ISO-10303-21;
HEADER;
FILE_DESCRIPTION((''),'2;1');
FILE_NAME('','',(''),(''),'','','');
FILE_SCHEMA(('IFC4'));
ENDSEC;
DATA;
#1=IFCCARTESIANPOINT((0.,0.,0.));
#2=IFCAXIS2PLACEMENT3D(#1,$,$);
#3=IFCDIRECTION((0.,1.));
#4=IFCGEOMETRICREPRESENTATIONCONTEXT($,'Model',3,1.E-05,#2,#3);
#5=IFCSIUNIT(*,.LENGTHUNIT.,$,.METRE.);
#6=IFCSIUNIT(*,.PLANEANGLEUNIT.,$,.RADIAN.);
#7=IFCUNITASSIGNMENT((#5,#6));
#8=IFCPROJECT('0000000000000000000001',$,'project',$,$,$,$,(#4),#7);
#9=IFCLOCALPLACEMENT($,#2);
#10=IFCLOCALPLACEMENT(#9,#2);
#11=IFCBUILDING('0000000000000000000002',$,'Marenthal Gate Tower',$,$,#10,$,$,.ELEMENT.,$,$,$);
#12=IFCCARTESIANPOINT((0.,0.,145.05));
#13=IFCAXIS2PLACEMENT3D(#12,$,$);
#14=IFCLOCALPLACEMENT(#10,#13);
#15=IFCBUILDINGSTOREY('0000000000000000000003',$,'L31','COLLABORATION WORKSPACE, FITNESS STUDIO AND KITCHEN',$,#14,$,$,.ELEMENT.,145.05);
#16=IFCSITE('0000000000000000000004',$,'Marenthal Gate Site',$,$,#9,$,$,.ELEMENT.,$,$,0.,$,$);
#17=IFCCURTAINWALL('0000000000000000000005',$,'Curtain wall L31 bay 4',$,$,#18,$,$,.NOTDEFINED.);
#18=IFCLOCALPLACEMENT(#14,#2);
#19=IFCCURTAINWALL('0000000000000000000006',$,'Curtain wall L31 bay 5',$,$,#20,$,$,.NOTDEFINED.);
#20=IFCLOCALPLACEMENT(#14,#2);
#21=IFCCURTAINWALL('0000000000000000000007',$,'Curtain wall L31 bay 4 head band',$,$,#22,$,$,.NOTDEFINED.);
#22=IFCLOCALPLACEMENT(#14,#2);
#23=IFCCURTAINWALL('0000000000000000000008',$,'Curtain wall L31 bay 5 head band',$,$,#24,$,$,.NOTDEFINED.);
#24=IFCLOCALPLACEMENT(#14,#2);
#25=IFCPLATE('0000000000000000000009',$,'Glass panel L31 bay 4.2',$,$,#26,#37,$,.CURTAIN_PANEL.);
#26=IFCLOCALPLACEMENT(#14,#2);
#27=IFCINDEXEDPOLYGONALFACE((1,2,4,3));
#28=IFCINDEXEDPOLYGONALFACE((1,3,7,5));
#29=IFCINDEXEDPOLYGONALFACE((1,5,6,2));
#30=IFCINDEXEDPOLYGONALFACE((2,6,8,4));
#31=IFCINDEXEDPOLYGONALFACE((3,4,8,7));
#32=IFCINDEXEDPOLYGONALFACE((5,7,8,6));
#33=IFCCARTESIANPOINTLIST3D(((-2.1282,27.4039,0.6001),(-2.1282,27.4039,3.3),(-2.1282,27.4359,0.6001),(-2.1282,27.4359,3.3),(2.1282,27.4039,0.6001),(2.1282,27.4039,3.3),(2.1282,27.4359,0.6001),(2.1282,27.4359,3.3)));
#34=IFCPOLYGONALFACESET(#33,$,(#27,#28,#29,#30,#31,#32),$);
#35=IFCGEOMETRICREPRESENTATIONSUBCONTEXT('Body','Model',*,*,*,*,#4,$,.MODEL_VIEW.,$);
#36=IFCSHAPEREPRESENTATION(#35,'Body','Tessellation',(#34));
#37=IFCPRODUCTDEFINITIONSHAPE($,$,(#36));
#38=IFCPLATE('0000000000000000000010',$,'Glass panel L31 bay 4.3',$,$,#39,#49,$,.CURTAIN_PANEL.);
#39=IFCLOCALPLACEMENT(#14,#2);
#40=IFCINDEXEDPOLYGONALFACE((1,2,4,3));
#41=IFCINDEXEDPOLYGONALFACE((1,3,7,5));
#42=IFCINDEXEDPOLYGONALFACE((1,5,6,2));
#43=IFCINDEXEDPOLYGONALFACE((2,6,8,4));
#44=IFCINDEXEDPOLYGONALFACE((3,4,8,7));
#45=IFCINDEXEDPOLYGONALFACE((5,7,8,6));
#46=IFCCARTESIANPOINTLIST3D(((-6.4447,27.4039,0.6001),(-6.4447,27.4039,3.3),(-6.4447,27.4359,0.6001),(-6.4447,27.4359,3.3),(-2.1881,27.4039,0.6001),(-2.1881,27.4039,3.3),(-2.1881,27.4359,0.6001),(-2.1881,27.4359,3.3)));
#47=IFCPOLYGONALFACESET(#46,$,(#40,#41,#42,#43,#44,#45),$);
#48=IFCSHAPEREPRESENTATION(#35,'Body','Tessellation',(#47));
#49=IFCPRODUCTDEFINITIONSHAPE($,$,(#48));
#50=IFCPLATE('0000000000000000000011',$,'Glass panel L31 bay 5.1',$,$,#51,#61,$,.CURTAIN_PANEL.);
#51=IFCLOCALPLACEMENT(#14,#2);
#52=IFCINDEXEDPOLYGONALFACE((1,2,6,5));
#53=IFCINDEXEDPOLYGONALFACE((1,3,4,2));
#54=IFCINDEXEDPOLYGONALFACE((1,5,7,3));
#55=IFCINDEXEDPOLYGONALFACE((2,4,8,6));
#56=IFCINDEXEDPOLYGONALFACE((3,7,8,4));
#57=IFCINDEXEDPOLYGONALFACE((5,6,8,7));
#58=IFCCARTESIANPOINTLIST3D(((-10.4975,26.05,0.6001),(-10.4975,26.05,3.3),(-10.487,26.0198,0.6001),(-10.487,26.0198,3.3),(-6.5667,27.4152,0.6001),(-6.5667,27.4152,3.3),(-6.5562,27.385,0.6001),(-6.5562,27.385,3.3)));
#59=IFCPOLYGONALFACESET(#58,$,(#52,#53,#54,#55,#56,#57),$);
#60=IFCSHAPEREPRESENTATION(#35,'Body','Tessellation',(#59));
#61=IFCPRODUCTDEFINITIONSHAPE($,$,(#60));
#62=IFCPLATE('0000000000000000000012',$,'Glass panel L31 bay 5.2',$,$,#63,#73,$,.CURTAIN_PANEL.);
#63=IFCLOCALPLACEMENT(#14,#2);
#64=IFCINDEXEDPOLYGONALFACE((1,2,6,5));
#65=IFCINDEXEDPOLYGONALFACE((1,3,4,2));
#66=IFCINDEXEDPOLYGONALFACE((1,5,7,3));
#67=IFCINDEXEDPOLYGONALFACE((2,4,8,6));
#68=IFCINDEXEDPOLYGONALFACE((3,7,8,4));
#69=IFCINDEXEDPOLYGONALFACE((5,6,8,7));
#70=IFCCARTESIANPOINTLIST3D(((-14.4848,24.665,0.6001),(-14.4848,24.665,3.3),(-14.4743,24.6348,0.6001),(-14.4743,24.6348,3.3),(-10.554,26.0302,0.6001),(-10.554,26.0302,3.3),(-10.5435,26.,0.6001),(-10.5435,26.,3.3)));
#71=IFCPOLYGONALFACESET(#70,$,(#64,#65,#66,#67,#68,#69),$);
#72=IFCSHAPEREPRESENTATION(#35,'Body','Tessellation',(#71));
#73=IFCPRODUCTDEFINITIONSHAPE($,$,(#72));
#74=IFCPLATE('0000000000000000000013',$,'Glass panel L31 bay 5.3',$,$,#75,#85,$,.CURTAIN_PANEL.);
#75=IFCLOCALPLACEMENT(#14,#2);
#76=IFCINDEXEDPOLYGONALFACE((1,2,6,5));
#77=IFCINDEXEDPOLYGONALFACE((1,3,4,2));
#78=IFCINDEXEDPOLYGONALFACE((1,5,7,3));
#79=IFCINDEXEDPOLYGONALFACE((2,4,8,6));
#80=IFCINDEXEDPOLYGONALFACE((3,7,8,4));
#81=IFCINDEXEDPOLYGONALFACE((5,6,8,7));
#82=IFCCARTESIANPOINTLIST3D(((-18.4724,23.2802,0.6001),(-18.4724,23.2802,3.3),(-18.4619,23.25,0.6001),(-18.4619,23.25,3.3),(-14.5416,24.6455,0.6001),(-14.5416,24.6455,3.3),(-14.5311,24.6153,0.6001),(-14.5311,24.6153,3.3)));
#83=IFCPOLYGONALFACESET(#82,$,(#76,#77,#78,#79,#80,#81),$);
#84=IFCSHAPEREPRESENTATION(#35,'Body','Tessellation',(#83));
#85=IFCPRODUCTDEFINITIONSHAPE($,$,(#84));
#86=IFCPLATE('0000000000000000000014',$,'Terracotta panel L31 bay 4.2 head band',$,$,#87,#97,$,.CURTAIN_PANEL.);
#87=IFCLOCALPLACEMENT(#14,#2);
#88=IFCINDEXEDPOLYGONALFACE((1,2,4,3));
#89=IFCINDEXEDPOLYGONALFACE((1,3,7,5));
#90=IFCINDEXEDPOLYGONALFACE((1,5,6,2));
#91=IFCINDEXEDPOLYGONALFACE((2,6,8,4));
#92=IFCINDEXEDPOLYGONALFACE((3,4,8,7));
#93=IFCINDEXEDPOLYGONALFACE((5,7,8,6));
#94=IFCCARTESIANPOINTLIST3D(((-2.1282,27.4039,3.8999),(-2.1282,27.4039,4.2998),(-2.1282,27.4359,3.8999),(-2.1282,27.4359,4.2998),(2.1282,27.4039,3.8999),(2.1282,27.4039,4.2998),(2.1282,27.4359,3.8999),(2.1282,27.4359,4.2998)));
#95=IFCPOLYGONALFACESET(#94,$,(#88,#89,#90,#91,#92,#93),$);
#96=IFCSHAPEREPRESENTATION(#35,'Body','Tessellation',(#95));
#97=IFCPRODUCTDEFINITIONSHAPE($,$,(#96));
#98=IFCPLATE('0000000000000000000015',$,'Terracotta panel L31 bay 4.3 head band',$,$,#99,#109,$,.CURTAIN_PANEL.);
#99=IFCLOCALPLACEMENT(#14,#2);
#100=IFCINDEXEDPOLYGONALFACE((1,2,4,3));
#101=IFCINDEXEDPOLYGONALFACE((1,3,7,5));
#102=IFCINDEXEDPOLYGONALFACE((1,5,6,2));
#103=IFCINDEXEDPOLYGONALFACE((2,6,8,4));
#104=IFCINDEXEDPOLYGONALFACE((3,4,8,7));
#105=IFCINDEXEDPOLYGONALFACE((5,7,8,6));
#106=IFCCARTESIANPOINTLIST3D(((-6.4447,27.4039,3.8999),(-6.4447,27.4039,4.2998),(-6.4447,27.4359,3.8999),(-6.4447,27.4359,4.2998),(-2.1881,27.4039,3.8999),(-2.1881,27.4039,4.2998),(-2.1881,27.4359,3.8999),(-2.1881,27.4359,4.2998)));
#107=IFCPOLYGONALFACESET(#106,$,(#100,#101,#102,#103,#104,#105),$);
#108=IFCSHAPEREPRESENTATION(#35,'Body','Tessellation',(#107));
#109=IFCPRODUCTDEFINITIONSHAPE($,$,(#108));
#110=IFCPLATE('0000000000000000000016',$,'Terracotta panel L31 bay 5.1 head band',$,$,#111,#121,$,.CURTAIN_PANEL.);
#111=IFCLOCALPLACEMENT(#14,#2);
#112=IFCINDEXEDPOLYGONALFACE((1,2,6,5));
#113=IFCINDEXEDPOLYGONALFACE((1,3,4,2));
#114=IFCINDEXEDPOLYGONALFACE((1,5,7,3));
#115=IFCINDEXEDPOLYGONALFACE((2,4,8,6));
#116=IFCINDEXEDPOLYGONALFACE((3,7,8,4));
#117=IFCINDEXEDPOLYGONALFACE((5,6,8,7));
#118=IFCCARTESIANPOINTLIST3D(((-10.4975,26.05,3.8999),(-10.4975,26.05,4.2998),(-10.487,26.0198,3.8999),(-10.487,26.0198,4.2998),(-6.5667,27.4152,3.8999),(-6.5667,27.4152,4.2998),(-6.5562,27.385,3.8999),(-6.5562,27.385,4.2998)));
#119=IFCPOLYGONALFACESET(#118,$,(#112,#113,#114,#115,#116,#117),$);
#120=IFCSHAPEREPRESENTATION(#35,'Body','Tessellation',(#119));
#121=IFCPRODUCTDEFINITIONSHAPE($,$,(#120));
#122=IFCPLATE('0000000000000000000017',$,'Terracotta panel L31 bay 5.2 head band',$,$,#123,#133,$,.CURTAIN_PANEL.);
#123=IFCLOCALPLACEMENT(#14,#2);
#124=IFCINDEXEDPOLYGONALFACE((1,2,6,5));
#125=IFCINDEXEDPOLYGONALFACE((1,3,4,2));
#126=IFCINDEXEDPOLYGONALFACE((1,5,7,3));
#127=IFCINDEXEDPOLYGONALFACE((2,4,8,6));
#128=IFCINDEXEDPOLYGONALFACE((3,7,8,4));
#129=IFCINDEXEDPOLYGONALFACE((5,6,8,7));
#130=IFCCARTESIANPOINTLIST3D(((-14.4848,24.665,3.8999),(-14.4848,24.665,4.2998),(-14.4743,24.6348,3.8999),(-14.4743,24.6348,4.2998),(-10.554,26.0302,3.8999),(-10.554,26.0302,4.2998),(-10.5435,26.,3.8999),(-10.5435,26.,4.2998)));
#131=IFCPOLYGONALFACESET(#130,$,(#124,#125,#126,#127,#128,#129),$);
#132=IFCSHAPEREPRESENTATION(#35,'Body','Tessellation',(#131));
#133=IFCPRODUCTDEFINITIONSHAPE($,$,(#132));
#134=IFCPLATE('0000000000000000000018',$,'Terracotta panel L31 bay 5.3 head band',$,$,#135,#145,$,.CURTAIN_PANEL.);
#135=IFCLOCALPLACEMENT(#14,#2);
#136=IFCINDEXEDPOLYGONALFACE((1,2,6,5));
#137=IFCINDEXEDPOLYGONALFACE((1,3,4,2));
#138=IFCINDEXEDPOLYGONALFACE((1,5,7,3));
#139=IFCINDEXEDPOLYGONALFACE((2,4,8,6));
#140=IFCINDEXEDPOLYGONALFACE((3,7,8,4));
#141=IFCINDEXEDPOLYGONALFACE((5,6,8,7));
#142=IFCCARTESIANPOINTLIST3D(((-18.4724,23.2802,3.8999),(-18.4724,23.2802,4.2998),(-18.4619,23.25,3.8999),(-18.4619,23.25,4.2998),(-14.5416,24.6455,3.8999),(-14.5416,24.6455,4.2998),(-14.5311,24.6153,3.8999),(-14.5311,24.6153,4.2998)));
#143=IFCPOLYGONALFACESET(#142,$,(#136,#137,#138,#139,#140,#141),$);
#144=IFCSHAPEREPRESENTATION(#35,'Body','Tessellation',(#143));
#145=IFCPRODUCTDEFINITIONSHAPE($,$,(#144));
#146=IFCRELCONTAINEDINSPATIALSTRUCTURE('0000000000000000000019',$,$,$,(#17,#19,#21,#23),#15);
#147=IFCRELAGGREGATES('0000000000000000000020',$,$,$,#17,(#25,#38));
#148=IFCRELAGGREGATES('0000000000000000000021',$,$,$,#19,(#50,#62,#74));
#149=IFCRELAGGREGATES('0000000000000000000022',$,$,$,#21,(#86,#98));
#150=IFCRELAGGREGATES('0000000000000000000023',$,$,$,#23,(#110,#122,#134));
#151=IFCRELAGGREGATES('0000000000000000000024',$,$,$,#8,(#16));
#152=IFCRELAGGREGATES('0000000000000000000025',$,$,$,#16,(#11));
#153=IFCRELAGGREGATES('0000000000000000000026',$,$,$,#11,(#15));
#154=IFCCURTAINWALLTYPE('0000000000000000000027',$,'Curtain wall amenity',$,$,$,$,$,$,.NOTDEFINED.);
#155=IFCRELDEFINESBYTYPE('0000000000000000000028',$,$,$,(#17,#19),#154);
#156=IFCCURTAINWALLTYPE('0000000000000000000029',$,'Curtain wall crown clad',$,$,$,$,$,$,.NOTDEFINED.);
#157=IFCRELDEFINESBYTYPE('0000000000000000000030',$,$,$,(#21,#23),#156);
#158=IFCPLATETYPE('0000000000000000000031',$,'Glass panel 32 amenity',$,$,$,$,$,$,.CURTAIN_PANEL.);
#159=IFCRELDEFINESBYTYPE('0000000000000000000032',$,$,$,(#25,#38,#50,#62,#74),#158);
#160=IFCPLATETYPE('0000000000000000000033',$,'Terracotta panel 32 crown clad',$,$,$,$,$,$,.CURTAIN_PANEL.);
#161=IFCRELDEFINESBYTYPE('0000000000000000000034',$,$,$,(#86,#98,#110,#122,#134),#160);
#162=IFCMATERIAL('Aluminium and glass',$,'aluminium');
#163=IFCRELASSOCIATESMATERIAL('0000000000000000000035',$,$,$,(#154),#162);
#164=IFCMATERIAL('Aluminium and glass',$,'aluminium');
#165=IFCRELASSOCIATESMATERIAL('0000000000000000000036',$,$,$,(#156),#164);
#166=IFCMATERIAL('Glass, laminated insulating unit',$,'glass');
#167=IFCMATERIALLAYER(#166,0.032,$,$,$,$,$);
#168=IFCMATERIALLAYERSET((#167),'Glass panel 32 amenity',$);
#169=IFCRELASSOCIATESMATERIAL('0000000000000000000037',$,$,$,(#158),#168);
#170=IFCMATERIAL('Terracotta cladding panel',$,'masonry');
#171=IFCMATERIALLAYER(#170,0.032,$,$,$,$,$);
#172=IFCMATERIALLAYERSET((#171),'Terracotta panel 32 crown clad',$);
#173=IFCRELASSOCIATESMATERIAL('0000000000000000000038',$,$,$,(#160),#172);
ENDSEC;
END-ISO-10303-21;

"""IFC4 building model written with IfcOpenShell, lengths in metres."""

from ifc_helpers import new_model, si_unit, direction, frame, origin, origin_2d, place, context, subcontext, project, spatial, rectangle, extrude, material, layer, layer_set, type_object, element, aggregate, save


model = new_model("IFC4")

# Units and contexts
model_context = context("Model", 3, precision=1e-05, world=origin(), true_north=direction((0.0, 1.0)))
body_context = subcontext(model_context, "Body", "Model", "MODEL_VIEW")
ifc_project = project(units=[si_unit("LENGTHUNIT", "METRE"), si_unit("PLANEANGLEUNIT", "RADIAN")], contexts=[model_context])

# Site, building, storey
site_placement = place(None, origin())
site = spatial("IfcSite", under=ifc_project, at=site_placement, Name="Marenthal Gate Site", CompositionType="ELEMENT", RefElevation=0.0)
building_placement = place(site_placement, origin())
building = spatial("IfcBuilding", under=site, at=building_placement, Name="Marenthal Gate Tower", CompositionType="ELEMENT")
storey_placement = place(building_placement, frame((0.0, 0.0, 145.05)))
storey = spatial("IfcBuildingStorey", under=building, at=storey_placement, Name="L31", Description="COLLABORATION WORKSPACE, FITNESS STUDIO AND KITCHEN", CompositionType="ELEMENT", Elevation=145.05)

# Curtain walls
ifc_material_1 = material(Name="Aluminium and glass", Category="aluminium")
curtain_wall_type_1 = type_object("IfcCurtainWallType", Name="Curtain wall amenity", PredefinedType="NOTDEFINED", material=ifc_material_1)
curtain_wall_1_placement = place(storey_placement, origin())
curtain_wall_1 = element("IfcCurtainWall", 1, at=curtain_wall_1_placement, inside=storey, type_object=curtain_wall_type_1, Name="Curtain wall L31 bay 4", PredefinedType="NOTDEFINED")
curtain_wall_2_placement = place(storey_placement, origin())
curtain_wall_2 = element("IfcCurtainWall", 2, at=curtain_wall_2_placement, inside=storey, type_object=curtain_wall_type_1, Name="Curtain wall L31 bay 5", PredefinedType="NOTDEFINED")
ifc_material_2 = material(Name="Aluminium and glass", Category="aluminium")
curtain_wall_type_2 = type_object("IfcCurtainWallType", Name="Curtain wall crown clad", PredefinedType="NOTDEFINED", material=ifc_material_2)
curtain_wall_3_placement = place(storey_placement, origin())
curtain_wall_3 = element("IfcCurtainWall", 3, at=curtain_wall_3_placement, inside=storey, type_object=curtain_wall_type_2, Name="Curtain wall L31 bay 4 head band", PredefinedType="NOTDEFINED")
curtain_wall_4_placement = place(storey_placement, origin())
curtain_wall_4 = element("IfcCurtainWall", 4, at=curtain_wall_4_placement, inside=storey, type_object=curtain_wall_type_2, Name="Curtain wall L31 bay 5 head band", PredefinedType="NOTDEFINED")

# Plates
ifc_material_3 = material(Name="Glass, laminated insulating unit", Category="glass")
ifc_layer_1 = layer(ifc_material_3, 0.032)
ifc_layer_set_1 = layer_set([ifc_layer_1], Name="Glass panel 32 amenity")
plate_type_1 = type_object("IfcPlateType", Name="Glass panel 32 amenity", PredefinedType="CURTAIN_PANEL", material=ifc_layer_set_1)
plate_1_placement = place(storey_placement, frame((0.0, 27.4199, 0.6001), z_axis=(0.0, 0.0, 1.0), x_axis=(-1.0, 0.0, 0.0)))
plate_1 = element("IfcPlate", 5, at=plate_1_placement, type_object=plate_type_1, Name="Glass panel L31 bay 4.2", PredefinedType="CURTAIN_PANEL", context=body_context, shape_type="SweptSolid", body=[
    extrude(rectangle(XDim=4.2563, YDim=0.032, at=origin_2d()), origin(), (0.0, 0.0, 1.0), 2.7),
])
plate_2_placement = place(storey_placement, frame((-4.3164, 27.4199, 0.6001), z_axis=(0.0, 0.0, 1.0), x_axis=(-1.0, 0.0, 0.0)))
plate_2 = element("IfcPlate", 6, at=plate_2_placement, type_object=plate_type_1, Name="Glass panel L31 bay 4.3", PredefinedType="CURTAIN_PANEL", context=body_context, shape_type="SweptSolid", body=[
    extrude(rectangle(XDim=4.2566, YDim=0.032, at=origin_2d()), origin(), (0.0, 0.0, 1.0), 2.7),
])
aggregate(curtain_wall_1, [plate_1, plate_2])
plate_3_placement = place(storey_placement, frame((-8.5269, 26.7175, 0.6001), z_axis=(0.0, 0.0, 1.0), x_axis=(-0.944647, -0.328089, 0.0)))
plate_3 = element("IfcPlate", 7, at=plate_3_placement, type_object=plate_type_1, Name="Glass panel L31 bay 5.1", PredefinedType="CURTAIN_PANEL", context=body_context, shape_type="SweptSolid", body=[
    extrude(rectangle(XDim=4.1611, YDim=0.032, at=origin_2d()), origin(), (0.0, 0.0, 1.0), 2.7),
])
plate_4_placement = place(storey_placement, frame((-12.5142, 25.3325, 0.6001), z_axis=(0.0, 0.0, 1.0), x_axis=(-0.944647, -0.328089, 0.0)))
plate_4 = element("IfcPlate", 8, at=plate_4_placement, type_object=plate_type_1, Name="Glass panel L31 bay 5.2", PredefinedType="CURTAIN_PANEL", context=body_context, shape_type="SweptSolid", body=[
    extrude(rectangle(XDim=4.1611, YDim=0.032, at=origin_2d()), origin(), (0.0, 0.0, 1.0), 2.7),
])
plate_5_placement = place(storey_placement, frame((-16.5017, 23.9478, 0.6001), z_axis=(0.0, 0.0, 1.0), x_axis=(-0.944647, -0.328089, 0.0)))
plate_5 = element("IfcPlate", 9, at=plate_5_placement, type_object=plate_type_1, Name="Glass panel L31 bay 5.3", PredefinedType="CURTAIN_PANEL", context=body_context, shape_type="SweptSolid", body=[
    extrude(rectangle(XDim=4.1611, YDim=0.032, at=origin_2d()), origin(), (0.0, 0.0, 1.0), 2.7),
])
aggregate(curtain_wall_2, [plate_3, plate_4, plate_5])
ifc_material_4 = material(Name="Terracotta cladding panel", Category="masonry")
ifc_layer_2 = layer(ifc_material_4, 0.032)
ifc_layer_set_2 = layer_set([ifc_layer_2], Name="Terracotta panel 32 crown clad")
plate_type_2 = type_object("IfcPlateType", Name="Terracotta panel 32 crown clad", PredefinedType="CURTAIN_PANEL", material=ifc_layer_set_2)
plate_6_placement = place(storey_placement, frame((0.0, 27.4199, 3.8999), z_axis=(0.0, 0.0, 1.0), x_axis=(-1.0, 0.0, 0.0)))
plate_6 = element("IfcPlate", 10, at=plate_6_placement, type_object=plate_type_2, Name="Terracotta panel L31 bay 4.2 head band", PredefinedType="CURTAIN_PANEL", context=body_context, shape_type="SweptSolid", body=[
    extrude(rectangle(XDim=4.2563, YDim=0.032, at=origin_2d()), origin(), (0.0, 0.0, 1.0), 0.3999),
])
plate_7_placement = place(storey_placement, frame((-4.3164, 27.4199, 3.8999), z_axis=(0.0, 0.0, 1.0), x_axis=(-1.0, 0.0, 0.0)))
plate_7 = element("IfcPlate", 11, at=plate_7_placement, type_object=plate_type_2, Name="Terracotta panel L31 bay 4.3 head band", PredefinedType="CURTAIN_PANEL", context=body_context, shape_type="SweptSolid", body=[
    extrude(rectangle(XDim=4.2566, YDim=0.032, at=origin_2d()), origin(), (0.0, 0.0, 1.0), 0.3999),
])
aggregate(curtain_wall_3, [plate_6, plate_7])
plate_8_placement = place(storey_placement, frame((-8.5269, 26.7175, 3.8999), z_axis=(0.0, 0.0, 1.0), x_axis=(-0.944647, -0.328089, 0.0)))
plate_8 = element("IfcPlate", 12, at=plate_8_placement, type_object=plate_type_2, Name="Terracotta panel L31 bay 5.1 head band", PredefinedType="CURTAIN_PANEL", context=body_context, shape_type="SweptSolid", body=[
    extrude(rectangle(XDim=4.1611, YDim=0.032, at=origin_2d()), origin(), (0.0, 0.0, 1.0), 0.3999),
])
plate_9_placement = place(storey_placement, frame((-12.5142, 25.3325, 3.8999), z_axis=(0.0, 0.0, 1.0), x_axis=(-0.944647, -0.328089, 0.0)))
plate_9 = element("IfcPlate", 13, at=plate_9_placement, type_object=plate_type_2, Name="Terracotta panel L31 bay 5.2 head band", PredefinedType="CURTAIN_PANEL", context=body_context, shape_type="SweptSolid", body=[
    extrude(rectangle(XDim=4.1611, YDim=0.032, at=origin_2d()), origin(), (0.0, 0.0, 1.0), 0.3999),
])
plate_10_placement = place(storey_placement, frame((-16.5017, 23.9478, 3.8999), z_axis=(0.0, 0.0, 1.0), x_axis=(-0.944647, -0.328089, 0.0)))
plate_10 = element("IfcPlate", 14, at=plate_10_placement, type_object=plate_type_2, Name="Terracotta panel L31 bay 5.3 head band", PredefinedType="CURTAIN_PANEL", context=body_context, shape_type="SweptSolid", body=[
    extrude(rectangle(XDim=4.1611, YDim=0.032, at=origin_2d()), origin(), (0.0, 0.0, 1.0), 0.3999),
])
aggregate(curtain_wall_4, [plate_8, plate_9, plate_10])

save(model, "model.ifc")
